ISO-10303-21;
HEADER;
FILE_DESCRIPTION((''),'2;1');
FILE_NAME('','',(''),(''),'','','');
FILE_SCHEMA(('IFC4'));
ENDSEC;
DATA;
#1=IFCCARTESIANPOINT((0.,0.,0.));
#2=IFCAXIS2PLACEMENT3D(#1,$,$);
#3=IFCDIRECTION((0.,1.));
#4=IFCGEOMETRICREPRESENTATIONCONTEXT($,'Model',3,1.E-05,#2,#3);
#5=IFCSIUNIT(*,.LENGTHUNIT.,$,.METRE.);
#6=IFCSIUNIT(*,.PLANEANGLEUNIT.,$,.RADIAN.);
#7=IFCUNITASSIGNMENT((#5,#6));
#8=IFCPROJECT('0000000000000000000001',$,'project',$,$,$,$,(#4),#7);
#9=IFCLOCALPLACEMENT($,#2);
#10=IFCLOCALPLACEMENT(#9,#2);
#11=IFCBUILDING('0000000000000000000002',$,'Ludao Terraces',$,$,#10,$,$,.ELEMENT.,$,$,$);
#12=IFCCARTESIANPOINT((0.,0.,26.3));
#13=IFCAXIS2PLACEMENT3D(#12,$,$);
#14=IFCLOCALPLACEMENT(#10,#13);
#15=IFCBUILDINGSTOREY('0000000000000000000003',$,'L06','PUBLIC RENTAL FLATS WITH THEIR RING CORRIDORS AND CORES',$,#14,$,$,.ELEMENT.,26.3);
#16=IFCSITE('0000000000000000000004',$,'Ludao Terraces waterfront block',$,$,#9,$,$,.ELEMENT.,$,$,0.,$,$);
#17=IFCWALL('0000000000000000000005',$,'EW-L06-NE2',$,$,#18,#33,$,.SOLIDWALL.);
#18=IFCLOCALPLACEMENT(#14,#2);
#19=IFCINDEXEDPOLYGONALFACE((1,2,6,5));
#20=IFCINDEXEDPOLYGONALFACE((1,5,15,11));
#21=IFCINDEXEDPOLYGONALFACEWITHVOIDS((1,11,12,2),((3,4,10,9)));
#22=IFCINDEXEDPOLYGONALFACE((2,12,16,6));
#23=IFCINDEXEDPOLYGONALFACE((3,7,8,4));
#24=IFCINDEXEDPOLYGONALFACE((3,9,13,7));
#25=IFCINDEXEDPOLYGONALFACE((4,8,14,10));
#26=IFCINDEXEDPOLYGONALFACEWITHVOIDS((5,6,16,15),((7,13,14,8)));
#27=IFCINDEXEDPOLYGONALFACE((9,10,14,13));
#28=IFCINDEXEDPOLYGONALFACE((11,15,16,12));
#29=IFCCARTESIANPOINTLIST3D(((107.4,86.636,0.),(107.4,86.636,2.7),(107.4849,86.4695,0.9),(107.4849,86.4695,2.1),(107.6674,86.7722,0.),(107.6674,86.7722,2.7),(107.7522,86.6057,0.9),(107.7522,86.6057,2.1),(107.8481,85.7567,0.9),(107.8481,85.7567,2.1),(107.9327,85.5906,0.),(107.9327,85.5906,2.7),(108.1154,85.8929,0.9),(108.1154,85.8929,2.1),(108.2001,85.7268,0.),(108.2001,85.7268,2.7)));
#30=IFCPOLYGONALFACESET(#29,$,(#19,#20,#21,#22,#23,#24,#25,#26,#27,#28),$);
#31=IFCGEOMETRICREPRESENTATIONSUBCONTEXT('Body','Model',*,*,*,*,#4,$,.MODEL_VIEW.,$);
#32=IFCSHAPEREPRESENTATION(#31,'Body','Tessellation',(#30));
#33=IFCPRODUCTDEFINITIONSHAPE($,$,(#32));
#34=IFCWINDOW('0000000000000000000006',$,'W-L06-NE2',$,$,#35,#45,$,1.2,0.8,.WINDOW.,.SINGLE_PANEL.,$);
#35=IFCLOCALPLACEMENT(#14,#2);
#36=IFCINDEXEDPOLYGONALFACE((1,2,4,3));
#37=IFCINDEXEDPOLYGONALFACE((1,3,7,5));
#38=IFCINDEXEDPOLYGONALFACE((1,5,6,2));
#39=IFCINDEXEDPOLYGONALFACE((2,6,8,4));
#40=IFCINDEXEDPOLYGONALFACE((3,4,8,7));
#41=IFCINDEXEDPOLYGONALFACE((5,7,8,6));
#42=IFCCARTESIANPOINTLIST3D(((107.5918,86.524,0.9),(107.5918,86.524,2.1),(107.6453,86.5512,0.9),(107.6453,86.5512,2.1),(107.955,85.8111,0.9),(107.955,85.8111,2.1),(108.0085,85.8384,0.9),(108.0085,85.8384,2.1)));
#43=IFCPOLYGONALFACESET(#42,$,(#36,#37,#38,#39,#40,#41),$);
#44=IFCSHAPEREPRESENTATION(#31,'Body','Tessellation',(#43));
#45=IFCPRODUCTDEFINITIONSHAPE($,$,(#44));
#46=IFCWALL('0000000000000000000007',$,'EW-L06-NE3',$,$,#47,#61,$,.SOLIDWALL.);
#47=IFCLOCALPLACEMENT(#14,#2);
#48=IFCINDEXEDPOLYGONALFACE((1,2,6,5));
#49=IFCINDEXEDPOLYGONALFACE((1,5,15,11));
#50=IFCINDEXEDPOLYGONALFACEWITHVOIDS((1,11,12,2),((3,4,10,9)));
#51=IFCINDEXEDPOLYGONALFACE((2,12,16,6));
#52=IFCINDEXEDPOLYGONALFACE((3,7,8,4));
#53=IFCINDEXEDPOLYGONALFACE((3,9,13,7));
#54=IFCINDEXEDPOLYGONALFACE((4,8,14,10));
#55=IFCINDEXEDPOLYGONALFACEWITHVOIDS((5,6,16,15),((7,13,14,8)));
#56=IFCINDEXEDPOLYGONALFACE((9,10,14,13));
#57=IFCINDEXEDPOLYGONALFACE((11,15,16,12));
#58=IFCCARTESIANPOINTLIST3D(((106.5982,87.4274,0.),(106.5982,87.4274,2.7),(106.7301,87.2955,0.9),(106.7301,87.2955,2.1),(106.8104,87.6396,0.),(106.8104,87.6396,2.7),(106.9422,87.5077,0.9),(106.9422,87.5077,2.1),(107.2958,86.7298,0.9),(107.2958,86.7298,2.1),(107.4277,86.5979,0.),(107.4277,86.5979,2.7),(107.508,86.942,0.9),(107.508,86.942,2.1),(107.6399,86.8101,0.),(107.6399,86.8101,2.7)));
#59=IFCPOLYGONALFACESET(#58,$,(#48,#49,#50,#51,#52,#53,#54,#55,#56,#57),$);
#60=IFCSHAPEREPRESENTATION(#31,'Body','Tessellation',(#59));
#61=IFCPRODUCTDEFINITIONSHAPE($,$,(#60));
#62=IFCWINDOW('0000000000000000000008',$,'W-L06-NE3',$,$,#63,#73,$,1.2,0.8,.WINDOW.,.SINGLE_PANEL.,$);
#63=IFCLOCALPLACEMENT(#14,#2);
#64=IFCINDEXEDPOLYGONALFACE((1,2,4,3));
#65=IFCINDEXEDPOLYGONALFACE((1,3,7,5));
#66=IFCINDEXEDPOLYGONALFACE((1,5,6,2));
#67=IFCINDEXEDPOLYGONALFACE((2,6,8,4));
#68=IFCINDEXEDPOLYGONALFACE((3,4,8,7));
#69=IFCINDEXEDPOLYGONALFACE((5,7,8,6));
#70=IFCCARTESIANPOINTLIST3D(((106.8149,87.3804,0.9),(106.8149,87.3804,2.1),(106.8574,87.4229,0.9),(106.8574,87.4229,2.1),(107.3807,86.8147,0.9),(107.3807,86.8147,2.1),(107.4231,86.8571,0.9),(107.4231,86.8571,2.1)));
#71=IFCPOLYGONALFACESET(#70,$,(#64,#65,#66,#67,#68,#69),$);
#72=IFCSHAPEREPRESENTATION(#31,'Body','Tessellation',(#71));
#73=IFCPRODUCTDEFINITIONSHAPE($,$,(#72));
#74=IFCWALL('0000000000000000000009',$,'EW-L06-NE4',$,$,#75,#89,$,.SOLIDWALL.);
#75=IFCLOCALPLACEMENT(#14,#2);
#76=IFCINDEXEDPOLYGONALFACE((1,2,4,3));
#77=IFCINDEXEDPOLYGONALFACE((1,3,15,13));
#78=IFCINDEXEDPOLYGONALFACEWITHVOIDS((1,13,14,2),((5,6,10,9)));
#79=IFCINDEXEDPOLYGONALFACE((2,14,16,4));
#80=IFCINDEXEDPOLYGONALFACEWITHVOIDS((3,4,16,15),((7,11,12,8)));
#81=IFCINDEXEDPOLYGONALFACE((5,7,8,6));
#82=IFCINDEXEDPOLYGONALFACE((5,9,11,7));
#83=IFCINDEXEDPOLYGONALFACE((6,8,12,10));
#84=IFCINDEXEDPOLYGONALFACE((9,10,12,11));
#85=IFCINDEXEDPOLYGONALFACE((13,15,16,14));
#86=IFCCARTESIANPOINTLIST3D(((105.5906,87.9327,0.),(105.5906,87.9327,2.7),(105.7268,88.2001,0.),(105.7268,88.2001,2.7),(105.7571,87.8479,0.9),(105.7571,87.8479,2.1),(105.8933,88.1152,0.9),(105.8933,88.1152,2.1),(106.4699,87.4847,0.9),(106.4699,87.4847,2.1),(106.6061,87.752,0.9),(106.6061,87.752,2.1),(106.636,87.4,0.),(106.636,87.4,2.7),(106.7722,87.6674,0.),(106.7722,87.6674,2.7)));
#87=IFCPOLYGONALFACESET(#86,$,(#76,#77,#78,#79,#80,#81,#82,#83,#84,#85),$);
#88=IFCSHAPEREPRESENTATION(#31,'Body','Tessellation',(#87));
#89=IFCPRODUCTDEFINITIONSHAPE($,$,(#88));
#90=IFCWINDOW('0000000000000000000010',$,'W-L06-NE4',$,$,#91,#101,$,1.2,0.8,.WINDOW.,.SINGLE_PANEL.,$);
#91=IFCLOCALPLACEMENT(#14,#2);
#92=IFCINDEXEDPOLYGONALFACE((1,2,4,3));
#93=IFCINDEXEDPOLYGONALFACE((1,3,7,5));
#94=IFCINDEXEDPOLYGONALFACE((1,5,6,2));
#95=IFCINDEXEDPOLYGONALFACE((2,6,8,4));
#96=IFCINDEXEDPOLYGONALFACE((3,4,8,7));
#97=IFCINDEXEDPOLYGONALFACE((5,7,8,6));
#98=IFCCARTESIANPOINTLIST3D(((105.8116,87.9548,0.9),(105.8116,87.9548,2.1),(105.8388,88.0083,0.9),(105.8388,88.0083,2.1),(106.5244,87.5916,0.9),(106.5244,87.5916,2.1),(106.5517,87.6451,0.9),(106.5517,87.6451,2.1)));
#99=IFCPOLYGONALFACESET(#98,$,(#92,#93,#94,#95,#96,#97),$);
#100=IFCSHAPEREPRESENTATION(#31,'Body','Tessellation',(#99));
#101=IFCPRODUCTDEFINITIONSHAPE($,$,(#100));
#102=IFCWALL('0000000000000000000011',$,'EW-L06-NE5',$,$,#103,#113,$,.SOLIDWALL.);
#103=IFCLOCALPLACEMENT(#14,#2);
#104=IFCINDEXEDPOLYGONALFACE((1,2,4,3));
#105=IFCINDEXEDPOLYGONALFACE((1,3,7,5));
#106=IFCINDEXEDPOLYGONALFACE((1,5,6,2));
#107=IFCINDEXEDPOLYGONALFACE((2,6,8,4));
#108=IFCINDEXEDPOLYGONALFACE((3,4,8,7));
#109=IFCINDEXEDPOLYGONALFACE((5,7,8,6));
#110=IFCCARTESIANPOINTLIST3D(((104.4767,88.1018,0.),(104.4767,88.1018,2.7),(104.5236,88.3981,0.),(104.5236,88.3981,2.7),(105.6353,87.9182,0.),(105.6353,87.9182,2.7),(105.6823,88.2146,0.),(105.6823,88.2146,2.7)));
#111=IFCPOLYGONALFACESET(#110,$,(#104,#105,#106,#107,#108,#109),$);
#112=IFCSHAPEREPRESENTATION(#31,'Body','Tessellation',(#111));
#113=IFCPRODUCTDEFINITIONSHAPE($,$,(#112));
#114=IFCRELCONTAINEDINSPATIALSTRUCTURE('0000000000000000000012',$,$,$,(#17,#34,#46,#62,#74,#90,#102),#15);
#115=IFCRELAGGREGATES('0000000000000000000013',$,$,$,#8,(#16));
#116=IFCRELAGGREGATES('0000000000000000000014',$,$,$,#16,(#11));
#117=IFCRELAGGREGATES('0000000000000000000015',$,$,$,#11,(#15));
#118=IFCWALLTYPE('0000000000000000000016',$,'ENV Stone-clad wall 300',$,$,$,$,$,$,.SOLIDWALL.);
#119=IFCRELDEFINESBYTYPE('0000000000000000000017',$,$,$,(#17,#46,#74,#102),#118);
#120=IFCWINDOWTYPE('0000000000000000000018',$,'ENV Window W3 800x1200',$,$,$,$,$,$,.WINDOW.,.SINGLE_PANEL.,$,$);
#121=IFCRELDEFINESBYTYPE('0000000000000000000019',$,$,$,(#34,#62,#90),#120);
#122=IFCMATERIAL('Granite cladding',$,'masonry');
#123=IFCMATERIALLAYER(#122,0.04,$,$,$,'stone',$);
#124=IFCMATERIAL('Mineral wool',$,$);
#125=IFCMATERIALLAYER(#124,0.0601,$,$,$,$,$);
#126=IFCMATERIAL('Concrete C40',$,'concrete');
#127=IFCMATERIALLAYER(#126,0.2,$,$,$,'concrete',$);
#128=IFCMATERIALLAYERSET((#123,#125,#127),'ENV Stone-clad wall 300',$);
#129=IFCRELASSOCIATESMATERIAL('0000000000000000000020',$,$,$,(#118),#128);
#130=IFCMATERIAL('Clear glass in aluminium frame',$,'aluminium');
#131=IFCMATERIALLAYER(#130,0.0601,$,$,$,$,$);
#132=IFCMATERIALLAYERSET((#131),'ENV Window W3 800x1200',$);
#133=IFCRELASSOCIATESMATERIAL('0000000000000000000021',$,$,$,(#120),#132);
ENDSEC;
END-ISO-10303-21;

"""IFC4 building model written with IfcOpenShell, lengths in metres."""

from ifc_helpers import new_model, si_unit, direction, frame, frame_2d, origin, place, context, subcontext, project, spatial, rectangle, extrude, material, layer, layer_set, type_object, element, fill, save


model = new_model("IFC4")

# Units and contexts
model_context = context("Model", 3, precision=1e-05, world=origin(), true_north=direction((0.0, 1.0)))
body_context = subcontext(model_context, "Body", "Model", "MODEL_VIEW")
ifc_project = project(units=[si_unit("LENGTHUNIT", "METRE"), si_unit("PLANEANGLEUNIT", "RADIAN")], contexts=[model_context])

# Site, building, storey
site_placement = place(None, origin())
site = spatial("IfcSite", under=ifc_project, at=site_placement, Name="Ludao Terraces waterfront block", CompositionType="ELEMENT", RefElevation=0.0)
building_placement = place(site_placement, origin())
building = spatial("IfcBuilding", under=site, at=building_placement, Name="Ludao Terraces", CompositionType="ELEMENT")
storey_placement = place(building_placement, frame((0.0, 0.0, 26.3)))
storey = spatial("IfcBuildingStorey", under=building, at=storey_placement, Name="L06", Description="PUBLIC RENTAL FLATS WITH THEIR RING CORRIDORS AND CORES", CompositionType="ELEMENT", Elevation=26.3)

# Shared definitions
ifc_material_1 = material(Name="Concrete C40", Category="concrete")

# Shared definitions
ifc_material_2 = material(Name="Granite cladding", Category="masonry")
ifc_layer_1 = layer(ifc_material_2, 0.04, Category="stone")
ifc_material_3 = material(Name="Mineral wool")
ifc_layer_2 = layer(ifc_material_3, 0.0601)
ifc_layer_3 = layer(ifc_material_1, 0.2, Category="concrete")
ifc_layer_set_1 = layer_set([ifc_layer_1, ifc_layer_2, ifc_layer_3], Name="ENV Stone-clad wall 300")
wall_type_1 = type_object("IfcWallType", Name="ENV Stone-clad wall 300", PredefinedType="SOLIDWALL", material=ifc_layer_set_1)
ifc_material_4 = material(Name="Clear glass in aluminium frame", Category="aluminium")

# Walls, openings, windows
wall_1_placement = place(storey_placement, frame((108.0664, 85.6587, 0.0), z_axis=(0.0, 0.0, 1.0), x_axis=(-0.454026, 0.890989, 0.0)))
wall_1 = element("IfcWall", 1, at=wall_1_placement, inside=storey, type_object=wall_type_1, Name="EW-L06-NE2", PredefinedType="SOLIDWALL", context=body_context, shape_type="SweptSolid", body=[
    extrude(rectangle(XDim=1.1733, YDim=0.3, at=frame_2d((0.5867, 0.0))), origin(), (0.0, 0.0, 1.0), 2.7),
])
opening_1_placement = place(wall_1_placement, frame((0.1865, 0.0, 0.8999)))
opening_1 = element("IfcOpeningElement", 2, at=opening_1_placement, cuts=wall_1, PredefinedType="OPENING", context=body_context, shape_type="SweptSolid", body=[
    extrude(rectangle(XDim=0.8, YDim=1.2, at=frame_2d((0.3999, 0.6001))), frame((0.0, 0.1602, 0.0), z_axis=(0.0, -1.0, 0.0), x_axis=(1.0, 0.0, 0.0)), (0.0, 0.0, 1.0), 0.3201),
])
ifc_layer_4 = layer(ifc_material_4, 0.0601)
ifc_layer_set_2 = layer_set([ifc_layer_4], Name="ENV Window W3 800x1200")
window_type_1 = type_object("IfcWindowType", Name="ENV Window W3 800x1200", PartitioningType="SINGLE_PANEL", PredefinedType="WINDOW", material=ifc_layer_set_2)
window_1_placement = place(opening_1_placement, origin())
window_1 = element("IfcWindow", 3, at=window_1_placement, inside=storey, type_object=window_type_1, Name="W-L06-NE2", OverallHeight=1.2, OverallWidth=0.8, PartitioningType="SINGLE_PANEL", PredefinedType="WINDOW", context=body_context, shape_type="SweptSolid", body=[
    extrude(rectangle(XDim=0.8, YDim=1.2, at=frame_2d((0.3999, 0.6001))), frame((0.0, 0.03, 0.0), z_axis=(0.0, -1.0, 0.0), x_axis=(1.0, 0.0, 0.0)), (0.0, 0.0, 1.0), 0.0601),
])
fill(opening_1, window_1)
wall_2_placement = place(storey_placement, frame((107.5337, 86.7041, 0.0), z_axis=(0.0, 0.0, 1.0), x_axis=(-0.707107, 0.707107, 0.0)))
wall_2 = element("IfcWall", 4, at=wall_2_placement, inside=storey, type_object=wall_type_1, Name="EW-L06-NE3", PredefinedType="SOLIDWALL", context=body_context, shape_type="SweptSolid", body=[
    extrude(rectangle(XDim=1.1731, YDim=0.3, at=frame_2d((0.5864, 0.0))), origin(), (0.0, 0.0, 1.0), 2.7),
])
opening_2_placement = place(wall_2_placement, frame((0.1865, 0.0, 0.8999)))
opening_2 = element("IfcOpeningElement", 5, at=opening_2_placement, cuts=wall_2, PredefinedType="OPENING", context=body_context, shape_type="SweptSolid", body=[
    extrude(rectangle(XDim=0.8, YDim=1.2, at=frame_2d((0.3999, 0.6001))), frame((0.0, 0.1602, 0.0), z_axis=(0.0, -1.0, 0.0), x_axis=(1.0, 0.0, 0.0)), (0.0, 0.0, 1.0), 0.3201),
])
window_2_placement = place(opening_2_placement, origin())
window_2 = element("IfcWindow", 6, at=window_2_placement, inside=storey, type_object=window_type_1, Name="W-L06-NE3", OverallHeight=1.2, OverallWidth=0.8, PartitioningType="SINGLE_PANEL", PredefinedType="WINDOW", context=body_context, shape_type="SweptSolid", body=[
    extrude(rectangle(XDim=0.8, YDim=1.2, at=frame_2d((0.3999, 0.6001))), frame((0.0, 0.03, 0.0), z_axis=(0.0, -1.0, 0.0), x_axis=(1.0, 0.0, 0.0)), (0.0, 0.0, 1.0), 0.0601),
])
fill(opening_2, window_2)
wall_3_placement = place(storey_placement, frame((106.7041, 87.5337, 0.0), z_axis=(0.0, 0.0, 1.0), x_axis=(-0.890989, 0.454026, 0.0)))
wall_3 = element("IfcWall", 7, at=wall_3_placement, inside=storey, type_object=wall_type_1, Name="EW-L06-NE4", PredefinedType="SOLIDWALL", context=body_context, shape_type="SweptSolid", body=[
    extrude(rectangle(XDim=1.1733, YDim=0.3, at=frame_2d((0.5867, 0.0))), origin(), (0.0, 0.0, 1.0), 2.7),
])
opening_3_placement = place(wall_3_placement, frame((0.1865, 0.0, 0.8999)))
opening_3 = element("IfcOpeningElement", 8, at=opening_3_placement, cuts=wall_3, PredefinedType="OPENING", context=body_context, shape_type="SweptSolid", body=[
    extrude(rectangle(XDim=0.8, YDim=1.2, at=frame_2d((0.3999, 0.6001))), frame((0.0, 0.1602, 0.0), z_axis=(0.0, -1.0, 0.0), x_axis=(1.0, 0.0, 0.0)), (0.0, 0.0, 1.0), 0.3201),
])
window_3_placement = place(opening_3_placement, origin())
window_3 = element("IfcWindow", 9, at=window_3_placement, inside=storey, type_object=window_type_1, Name="W-L06-NE4", OverallHeight=1.2, OverallWidth=0.8, PartitioningType="SINGLE_PANEL", PredefinedType="WINDOW", context=body_context, shape_type="SweptSolid", body=[
    extrude(rectangle(XDim=0.8, YDim=1.2, at=frame_2d((0.3999, 0.6001))), frame((0.0, 0.03, 0.0), z_axis=(0.0, -1.0, 0.0), x_axis=(1.0, 0.0, 0.0)), (0.0, 0.0, 1.0), 0.0601),
])
fill(opening_3, window_3)

# Wall
wall_4_placement = place(storey_placement, frame((105.6587, 88.0664, 0.0), z_axis=(0.0, 0.0, 1.0), x_axis=(-0.987678, 0.156497, 0.0)))
element("IfcWall", 10, at=wall_4_placement, inside=storey, type_object=wall_type_1, Name="EW-L06-NE5", PredefinedType="SOLIDWALL", context=body_context, shape_type="SweptSolid", body=[
    extrude(rectangle(XDim=1.1731, YDim=0.3, at=frame_2d((0.5864, 0.0))), origin(), (0.0, 0.0, 1.0), 2.7),
])

save(model, "model.ifc")
